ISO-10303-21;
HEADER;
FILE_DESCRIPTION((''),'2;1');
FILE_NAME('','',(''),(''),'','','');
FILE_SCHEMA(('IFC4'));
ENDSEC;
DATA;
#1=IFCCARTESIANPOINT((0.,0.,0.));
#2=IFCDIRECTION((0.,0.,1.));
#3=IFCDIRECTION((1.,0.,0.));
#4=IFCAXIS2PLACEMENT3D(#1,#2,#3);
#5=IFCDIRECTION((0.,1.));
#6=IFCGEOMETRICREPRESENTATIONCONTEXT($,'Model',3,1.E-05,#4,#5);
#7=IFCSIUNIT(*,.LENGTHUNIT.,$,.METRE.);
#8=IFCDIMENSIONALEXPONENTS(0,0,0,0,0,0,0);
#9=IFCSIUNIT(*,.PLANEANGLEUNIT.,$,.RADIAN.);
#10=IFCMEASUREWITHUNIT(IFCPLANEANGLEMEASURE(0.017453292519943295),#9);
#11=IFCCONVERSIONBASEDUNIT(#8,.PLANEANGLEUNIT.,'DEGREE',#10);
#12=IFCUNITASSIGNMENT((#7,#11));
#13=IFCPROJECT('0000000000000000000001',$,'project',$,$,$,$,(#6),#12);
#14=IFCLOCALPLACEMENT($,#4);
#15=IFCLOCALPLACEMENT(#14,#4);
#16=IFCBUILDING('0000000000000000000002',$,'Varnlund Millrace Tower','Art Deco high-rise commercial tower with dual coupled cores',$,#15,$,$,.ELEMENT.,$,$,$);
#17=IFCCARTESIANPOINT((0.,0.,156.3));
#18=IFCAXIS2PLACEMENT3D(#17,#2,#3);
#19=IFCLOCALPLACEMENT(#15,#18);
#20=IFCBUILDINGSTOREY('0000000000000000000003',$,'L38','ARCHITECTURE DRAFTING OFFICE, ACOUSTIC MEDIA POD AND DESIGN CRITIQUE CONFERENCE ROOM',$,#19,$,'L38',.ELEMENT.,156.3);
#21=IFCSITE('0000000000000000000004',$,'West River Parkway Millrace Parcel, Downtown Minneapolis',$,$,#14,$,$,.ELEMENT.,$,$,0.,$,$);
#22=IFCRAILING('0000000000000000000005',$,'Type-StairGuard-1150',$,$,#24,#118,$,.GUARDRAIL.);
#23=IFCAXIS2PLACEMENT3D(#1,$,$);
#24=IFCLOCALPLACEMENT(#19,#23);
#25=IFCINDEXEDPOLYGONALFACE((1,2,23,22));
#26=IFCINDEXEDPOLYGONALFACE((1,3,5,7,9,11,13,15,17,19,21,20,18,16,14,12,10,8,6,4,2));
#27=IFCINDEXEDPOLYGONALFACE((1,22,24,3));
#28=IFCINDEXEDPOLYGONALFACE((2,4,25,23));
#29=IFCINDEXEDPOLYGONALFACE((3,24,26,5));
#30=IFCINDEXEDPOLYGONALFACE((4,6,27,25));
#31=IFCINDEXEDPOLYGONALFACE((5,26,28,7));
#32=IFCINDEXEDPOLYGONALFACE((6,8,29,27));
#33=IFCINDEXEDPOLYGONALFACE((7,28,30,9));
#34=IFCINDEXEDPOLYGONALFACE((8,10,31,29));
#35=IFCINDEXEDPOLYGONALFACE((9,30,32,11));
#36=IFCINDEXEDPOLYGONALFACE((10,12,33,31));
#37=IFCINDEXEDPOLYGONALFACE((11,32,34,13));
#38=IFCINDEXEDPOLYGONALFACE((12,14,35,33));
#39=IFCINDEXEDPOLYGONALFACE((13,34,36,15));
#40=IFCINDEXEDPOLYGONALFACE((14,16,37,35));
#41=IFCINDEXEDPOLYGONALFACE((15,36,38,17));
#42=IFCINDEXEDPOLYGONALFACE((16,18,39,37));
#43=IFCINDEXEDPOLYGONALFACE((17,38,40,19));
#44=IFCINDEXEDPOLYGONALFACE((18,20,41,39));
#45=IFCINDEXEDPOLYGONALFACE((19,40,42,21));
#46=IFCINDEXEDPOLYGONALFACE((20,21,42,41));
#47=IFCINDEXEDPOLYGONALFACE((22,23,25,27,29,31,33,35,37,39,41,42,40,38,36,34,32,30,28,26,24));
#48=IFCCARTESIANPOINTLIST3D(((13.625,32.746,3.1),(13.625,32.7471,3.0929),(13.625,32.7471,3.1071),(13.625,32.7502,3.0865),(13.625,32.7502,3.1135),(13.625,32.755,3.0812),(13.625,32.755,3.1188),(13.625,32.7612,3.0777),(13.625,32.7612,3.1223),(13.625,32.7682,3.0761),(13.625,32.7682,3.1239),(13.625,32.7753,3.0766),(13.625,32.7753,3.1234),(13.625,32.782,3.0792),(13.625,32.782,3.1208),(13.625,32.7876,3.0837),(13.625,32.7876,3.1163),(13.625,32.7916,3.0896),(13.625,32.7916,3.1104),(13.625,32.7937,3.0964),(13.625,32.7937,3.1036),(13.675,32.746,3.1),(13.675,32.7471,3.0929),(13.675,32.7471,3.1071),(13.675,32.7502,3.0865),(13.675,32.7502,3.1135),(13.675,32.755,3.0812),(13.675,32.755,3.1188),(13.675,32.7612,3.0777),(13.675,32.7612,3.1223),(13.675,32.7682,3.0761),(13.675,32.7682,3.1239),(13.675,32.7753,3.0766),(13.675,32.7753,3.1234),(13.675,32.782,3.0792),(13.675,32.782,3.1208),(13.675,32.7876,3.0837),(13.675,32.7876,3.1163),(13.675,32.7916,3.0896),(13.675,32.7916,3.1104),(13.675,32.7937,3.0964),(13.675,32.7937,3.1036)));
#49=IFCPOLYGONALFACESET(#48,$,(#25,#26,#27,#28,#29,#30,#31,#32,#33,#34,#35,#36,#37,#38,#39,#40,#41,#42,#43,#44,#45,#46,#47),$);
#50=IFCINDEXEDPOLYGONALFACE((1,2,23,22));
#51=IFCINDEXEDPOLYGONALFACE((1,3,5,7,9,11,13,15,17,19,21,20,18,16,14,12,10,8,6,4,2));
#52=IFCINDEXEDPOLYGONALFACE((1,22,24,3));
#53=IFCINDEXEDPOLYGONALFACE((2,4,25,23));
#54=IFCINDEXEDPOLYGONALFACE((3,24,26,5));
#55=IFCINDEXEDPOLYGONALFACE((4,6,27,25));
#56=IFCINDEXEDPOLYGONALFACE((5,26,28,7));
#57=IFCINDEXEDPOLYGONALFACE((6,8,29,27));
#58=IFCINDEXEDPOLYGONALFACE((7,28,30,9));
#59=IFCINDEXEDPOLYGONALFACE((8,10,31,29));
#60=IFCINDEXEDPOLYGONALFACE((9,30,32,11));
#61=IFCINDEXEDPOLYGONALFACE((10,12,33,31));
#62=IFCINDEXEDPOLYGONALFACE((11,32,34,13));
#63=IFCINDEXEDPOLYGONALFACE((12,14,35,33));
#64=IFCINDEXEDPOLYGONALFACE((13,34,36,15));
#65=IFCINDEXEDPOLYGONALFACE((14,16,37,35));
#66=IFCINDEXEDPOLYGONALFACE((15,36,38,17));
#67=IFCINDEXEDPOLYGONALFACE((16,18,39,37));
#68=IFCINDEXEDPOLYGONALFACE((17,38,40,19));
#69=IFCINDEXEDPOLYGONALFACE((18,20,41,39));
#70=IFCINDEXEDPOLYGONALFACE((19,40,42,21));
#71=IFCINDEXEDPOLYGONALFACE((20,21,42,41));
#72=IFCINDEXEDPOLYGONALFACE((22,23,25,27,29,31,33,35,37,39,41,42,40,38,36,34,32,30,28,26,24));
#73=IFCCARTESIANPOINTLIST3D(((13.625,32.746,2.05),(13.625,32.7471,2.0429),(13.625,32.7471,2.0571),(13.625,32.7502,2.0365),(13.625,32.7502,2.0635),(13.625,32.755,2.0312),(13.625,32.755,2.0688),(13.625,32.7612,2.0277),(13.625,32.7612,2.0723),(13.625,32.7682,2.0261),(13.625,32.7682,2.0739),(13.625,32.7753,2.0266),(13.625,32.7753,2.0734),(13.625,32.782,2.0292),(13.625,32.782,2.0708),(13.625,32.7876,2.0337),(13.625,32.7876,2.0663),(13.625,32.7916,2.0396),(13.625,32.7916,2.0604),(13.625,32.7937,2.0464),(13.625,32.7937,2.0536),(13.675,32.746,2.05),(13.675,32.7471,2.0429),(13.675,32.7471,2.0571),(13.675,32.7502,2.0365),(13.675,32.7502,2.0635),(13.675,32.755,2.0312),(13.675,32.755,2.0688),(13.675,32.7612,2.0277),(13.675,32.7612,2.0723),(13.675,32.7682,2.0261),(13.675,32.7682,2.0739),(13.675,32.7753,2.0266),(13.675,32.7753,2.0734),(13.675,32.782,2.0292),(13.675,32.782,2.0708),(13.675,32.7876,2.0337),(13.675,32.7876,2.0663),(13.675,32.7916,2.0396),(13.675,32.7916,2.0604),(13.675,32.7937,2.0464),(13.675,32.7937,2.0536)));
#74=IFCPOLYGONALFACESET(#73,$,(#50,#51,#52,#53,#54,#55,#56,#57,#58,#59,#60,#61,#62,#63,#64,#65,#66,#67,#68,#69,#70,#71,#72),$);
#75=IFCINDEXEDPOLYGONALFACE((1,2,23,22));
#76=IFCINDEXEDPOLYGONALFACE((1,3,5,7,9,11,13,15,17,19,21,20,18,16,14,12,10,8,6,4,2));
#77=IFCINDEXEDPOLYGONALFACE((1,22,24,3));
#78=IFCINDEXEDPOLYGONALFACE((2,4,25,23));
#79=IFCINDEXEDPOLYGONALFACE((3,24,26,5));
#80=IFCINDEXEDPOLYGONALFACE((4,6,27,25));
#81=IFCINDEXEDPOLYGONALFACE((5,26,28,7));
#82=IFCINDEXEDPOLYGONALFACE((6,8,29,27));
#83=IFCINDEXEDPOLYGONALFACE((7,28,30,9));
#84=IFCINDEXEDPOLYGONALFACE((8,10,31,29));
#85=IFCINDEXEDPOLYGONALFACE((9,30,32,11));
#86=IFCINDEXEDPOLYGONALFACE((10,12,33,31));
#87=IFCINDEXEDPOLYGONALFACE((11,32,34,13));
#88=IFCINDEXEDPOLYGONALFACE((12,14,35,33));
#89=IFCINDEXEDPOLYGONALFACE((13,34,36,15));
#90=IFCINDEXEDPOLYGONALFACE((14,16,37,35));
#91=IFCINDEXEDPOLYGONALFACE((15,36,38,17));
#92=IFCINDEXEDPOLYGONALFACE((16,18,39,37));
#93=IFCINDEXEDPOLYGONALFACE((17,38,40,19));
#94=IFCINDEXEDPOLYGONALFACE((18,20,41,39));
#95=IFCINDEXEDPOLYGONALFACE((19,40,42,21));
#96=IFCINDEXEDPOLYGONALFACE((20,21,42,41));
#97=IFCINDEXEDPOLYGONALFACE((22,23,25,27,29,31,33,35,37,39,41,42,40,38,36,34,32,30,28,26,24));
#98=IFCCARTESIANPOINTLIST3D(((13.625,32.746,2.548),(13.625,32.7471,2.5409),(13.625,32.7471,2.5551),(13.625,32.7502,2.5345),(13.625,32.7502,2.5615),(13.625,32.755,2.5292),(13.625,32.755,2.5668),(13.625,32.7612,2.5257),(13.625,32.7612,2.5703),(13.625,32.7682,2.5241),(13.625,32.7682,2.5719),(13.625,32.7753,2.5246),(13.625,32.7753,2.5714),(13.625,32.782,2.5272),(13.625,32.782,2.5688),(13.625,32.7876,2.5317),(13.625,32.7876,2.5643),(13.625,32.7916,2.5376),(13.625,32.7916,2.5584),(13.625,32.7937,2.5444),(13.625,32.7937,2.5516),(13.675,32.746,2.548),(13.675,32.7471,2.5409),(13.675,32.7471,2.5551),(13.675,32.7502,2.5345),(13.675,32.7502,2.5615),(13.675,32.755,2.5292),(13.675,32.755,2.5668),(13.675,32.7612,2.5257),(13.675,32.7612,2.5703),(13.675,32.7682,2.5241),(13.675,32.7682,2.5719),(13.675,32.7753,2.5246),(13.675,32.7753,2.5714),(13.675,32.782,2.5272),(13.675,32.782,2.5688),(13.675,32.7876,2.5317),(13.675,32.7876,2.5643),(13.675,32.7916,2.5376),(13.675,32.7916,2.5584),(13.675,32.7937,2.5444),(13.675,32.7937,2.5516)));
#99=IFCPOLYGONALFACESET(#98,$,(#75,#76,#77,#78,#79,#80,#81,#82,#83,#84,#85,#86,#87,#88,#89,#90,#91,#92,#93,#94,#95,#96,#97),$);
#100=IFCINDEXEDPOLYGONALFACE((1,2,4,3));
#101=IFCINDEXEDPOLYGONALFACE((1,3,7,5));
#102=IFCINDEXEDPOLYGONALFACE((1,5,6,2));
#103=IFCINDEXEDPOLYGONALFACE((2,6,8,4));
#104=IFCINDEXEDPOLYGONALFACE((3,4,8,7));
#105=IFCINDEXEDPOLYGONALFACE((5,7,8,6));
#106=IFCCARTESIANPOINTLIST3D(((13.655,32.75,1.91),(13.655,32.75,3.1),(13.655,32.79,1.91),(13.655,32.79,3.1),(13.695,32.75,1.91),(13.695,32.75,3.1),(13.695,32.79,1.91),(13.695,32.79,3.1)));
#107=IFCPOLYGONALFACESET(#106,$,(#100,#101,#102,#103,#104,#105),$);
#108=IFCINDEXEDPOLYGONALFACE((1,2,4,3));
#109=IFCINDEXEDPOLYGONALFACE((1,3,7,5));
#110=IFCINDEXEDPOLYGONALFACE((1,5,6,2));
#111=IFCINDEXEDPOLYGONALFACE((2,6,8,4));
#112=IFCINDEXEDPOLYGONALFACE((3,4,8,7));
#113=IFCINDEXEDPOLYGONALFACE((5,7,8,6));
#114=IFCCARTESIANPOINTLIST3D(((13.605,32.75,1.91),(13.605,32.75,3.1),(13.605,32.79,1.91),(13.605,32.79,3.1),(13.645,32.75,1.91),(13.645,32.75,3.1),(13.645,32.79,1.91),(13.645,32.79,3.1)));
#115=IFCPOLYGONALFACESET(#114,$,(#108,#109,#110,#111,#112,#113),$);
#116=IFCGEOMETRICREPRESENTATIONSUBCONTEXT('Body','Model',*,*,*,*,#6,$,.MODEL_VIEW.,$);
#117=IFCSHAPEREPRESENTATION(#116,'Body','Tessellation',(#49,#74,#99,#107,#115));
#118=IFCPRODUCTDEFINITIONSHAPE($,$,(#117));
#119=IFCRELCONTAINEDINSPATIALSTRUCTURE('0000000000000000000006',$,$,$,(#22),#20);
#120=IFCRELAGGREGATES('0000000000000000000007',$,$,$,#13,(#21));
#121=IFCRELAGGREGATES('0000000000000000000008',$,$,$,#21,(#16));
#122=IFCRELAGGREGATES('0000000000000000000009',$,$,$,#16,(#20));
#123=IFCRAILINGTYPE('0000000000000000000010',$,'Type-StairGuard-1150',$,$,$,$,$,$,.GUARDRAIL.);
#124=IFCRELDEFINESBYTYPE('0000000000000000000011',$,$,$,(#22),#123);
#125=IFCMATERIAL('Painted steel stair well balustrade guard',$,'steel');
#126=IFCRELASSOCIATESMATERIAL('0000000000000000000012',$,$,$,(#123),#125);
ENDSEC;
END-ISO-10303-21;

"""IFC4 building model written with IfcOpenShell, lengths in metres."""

from ifc_helpers import new_model, entity, si_unit, converted_unit, direction, frame, origin_with_axes, origin_2d_with_axis, place, context, subcontext, project, spatial, rectangle, circle, extrude, material, type_object, element, save


model = new_model("IFC4")

# Units and contexts
model_context = context("Model", 3, precision=1e-05, world=origin_with_axes(), true_north=direction((0.0, 1.0)))
body_context = subcontext(model_context, "Body", "Model", "MODEL_VIEW")
ifc_project = project(units=[si_unit("LENGTHUNIT", "METRE"), converted_unit("PLANEANGLEUNIT", "DEGREE", entity("IfcPlaneAngleMeasure", 0.017453292519943295), si_unit("PLANEANGLEUNIT", "RADIAN"), dimensions=[0, 0, 0, 0, 0, 0, 0])], contexts=[model_context])

# Site, building, storey
site_placement = place(None, origin_with_axes())
site = spatial("IfcSite", under=ifc_project, at=site_placement, Name="West River Parkway Millrace Parcel, Downtown Minneapolis", CompositionType="ELEMENT", RefElevation=0.0)
building_placement = place(site_placement, origin_with_axes())
building = spatial("IfcBuilding", under=site, at=building_placement, Name="Varnlund Millrace Tower", Description="Art Deco high-rise commercial tower with dual coupled cores", CompositionType="ELEMENT")
storey_placement = place(building_placement, frame((0.0, 0.0, 156.3), z_axis=(0.0, 0.0, 1.0), x_axis=(1.0, 0.0, 0.0)))
storey = spatial("IfcBuildingStorey", under=building, at=storey_placement, Name="L38", Description="ARCHITECTURE DRAFTING OFFICE, ACOUSTIC MEDIA POD AND DESIGN CRITIQUE CONFERENCE ROOM", LongName="L38", CompositionType="ELEMENT", Elevation=156.3)

# Railing
ifc_material_1 = material(Name="Painted steel stair well balustrade guard", Category="steel")
railing_type_1 = type_object("IfcRailingType", Name="Type-StairGuard-1150", PredefinedType="GUARDRAIL", material=ifc_material_1)
railing_1_placement = place(storey_placement, frame((0.0, 0.0, -156.3), z_axis=(0.0, 0.0, 1.0), x_axis=(1.0, 0.0, 0.0)))
element("IfcRailing", 1, at=railing_1_placement, inside=storey, type_object=railing_type_1, Name="Type-StairGuard-1150", PredefinedType="GUARDRAIL", context=body_context, shape_type="SweptSolid", body=[
    extrude(circle(Radius=0.024, at=origin_2d_with_axis()), frame((13.675, 32.77, 159.4), z_axis=(-1.0, 0.0, 0.0), x_axis=(0.0, -1.0, 0.0)), (0.0, 0.0, 1.0), 0.05),
    extrude(circle(Radius=0.024, at=origin_2d_with_axis()), frame((13.675, 32.77, 158.35), z_axis=(-1.0, 0.0, 0.0), x_axis=(0.0, -1.0, 0.0)), (0.0, 0.0, 1.0), 0.05),
    extrude(circle(Radius=0.024, at=origin_2d_with_axis()), frame((13.675, 32.77, 158.848), z_axis=(-1.0, 0.0, 0.0), x_axis=(0.0, -1.0, 0.0)), (0.0, 0.0, 1.0), 0.05),
    extrude(rectangle(XDim=0.04, YDim=0.04, at=origin_2d_with_axis()), frame((13.675, 32.77, 158.21), z_axis=(0.0, 0.0, 1.0), x_axis=(1.0, 0.0, 0.0)), (0.0, 0.0, 1.0), 1.19),
    extrude(rectangle(XDim=0.04, YDim=0.04, at=origin_2d_with_axis()), frame((13.625, 32.77, 158.21), z_axis=(0.0, 0.0, 1.0), x_axis=(1.0, 0.0, 0.0)), (0.0, 0.0, 1.0), 1.19),
])

save(model, "model.ifc")
